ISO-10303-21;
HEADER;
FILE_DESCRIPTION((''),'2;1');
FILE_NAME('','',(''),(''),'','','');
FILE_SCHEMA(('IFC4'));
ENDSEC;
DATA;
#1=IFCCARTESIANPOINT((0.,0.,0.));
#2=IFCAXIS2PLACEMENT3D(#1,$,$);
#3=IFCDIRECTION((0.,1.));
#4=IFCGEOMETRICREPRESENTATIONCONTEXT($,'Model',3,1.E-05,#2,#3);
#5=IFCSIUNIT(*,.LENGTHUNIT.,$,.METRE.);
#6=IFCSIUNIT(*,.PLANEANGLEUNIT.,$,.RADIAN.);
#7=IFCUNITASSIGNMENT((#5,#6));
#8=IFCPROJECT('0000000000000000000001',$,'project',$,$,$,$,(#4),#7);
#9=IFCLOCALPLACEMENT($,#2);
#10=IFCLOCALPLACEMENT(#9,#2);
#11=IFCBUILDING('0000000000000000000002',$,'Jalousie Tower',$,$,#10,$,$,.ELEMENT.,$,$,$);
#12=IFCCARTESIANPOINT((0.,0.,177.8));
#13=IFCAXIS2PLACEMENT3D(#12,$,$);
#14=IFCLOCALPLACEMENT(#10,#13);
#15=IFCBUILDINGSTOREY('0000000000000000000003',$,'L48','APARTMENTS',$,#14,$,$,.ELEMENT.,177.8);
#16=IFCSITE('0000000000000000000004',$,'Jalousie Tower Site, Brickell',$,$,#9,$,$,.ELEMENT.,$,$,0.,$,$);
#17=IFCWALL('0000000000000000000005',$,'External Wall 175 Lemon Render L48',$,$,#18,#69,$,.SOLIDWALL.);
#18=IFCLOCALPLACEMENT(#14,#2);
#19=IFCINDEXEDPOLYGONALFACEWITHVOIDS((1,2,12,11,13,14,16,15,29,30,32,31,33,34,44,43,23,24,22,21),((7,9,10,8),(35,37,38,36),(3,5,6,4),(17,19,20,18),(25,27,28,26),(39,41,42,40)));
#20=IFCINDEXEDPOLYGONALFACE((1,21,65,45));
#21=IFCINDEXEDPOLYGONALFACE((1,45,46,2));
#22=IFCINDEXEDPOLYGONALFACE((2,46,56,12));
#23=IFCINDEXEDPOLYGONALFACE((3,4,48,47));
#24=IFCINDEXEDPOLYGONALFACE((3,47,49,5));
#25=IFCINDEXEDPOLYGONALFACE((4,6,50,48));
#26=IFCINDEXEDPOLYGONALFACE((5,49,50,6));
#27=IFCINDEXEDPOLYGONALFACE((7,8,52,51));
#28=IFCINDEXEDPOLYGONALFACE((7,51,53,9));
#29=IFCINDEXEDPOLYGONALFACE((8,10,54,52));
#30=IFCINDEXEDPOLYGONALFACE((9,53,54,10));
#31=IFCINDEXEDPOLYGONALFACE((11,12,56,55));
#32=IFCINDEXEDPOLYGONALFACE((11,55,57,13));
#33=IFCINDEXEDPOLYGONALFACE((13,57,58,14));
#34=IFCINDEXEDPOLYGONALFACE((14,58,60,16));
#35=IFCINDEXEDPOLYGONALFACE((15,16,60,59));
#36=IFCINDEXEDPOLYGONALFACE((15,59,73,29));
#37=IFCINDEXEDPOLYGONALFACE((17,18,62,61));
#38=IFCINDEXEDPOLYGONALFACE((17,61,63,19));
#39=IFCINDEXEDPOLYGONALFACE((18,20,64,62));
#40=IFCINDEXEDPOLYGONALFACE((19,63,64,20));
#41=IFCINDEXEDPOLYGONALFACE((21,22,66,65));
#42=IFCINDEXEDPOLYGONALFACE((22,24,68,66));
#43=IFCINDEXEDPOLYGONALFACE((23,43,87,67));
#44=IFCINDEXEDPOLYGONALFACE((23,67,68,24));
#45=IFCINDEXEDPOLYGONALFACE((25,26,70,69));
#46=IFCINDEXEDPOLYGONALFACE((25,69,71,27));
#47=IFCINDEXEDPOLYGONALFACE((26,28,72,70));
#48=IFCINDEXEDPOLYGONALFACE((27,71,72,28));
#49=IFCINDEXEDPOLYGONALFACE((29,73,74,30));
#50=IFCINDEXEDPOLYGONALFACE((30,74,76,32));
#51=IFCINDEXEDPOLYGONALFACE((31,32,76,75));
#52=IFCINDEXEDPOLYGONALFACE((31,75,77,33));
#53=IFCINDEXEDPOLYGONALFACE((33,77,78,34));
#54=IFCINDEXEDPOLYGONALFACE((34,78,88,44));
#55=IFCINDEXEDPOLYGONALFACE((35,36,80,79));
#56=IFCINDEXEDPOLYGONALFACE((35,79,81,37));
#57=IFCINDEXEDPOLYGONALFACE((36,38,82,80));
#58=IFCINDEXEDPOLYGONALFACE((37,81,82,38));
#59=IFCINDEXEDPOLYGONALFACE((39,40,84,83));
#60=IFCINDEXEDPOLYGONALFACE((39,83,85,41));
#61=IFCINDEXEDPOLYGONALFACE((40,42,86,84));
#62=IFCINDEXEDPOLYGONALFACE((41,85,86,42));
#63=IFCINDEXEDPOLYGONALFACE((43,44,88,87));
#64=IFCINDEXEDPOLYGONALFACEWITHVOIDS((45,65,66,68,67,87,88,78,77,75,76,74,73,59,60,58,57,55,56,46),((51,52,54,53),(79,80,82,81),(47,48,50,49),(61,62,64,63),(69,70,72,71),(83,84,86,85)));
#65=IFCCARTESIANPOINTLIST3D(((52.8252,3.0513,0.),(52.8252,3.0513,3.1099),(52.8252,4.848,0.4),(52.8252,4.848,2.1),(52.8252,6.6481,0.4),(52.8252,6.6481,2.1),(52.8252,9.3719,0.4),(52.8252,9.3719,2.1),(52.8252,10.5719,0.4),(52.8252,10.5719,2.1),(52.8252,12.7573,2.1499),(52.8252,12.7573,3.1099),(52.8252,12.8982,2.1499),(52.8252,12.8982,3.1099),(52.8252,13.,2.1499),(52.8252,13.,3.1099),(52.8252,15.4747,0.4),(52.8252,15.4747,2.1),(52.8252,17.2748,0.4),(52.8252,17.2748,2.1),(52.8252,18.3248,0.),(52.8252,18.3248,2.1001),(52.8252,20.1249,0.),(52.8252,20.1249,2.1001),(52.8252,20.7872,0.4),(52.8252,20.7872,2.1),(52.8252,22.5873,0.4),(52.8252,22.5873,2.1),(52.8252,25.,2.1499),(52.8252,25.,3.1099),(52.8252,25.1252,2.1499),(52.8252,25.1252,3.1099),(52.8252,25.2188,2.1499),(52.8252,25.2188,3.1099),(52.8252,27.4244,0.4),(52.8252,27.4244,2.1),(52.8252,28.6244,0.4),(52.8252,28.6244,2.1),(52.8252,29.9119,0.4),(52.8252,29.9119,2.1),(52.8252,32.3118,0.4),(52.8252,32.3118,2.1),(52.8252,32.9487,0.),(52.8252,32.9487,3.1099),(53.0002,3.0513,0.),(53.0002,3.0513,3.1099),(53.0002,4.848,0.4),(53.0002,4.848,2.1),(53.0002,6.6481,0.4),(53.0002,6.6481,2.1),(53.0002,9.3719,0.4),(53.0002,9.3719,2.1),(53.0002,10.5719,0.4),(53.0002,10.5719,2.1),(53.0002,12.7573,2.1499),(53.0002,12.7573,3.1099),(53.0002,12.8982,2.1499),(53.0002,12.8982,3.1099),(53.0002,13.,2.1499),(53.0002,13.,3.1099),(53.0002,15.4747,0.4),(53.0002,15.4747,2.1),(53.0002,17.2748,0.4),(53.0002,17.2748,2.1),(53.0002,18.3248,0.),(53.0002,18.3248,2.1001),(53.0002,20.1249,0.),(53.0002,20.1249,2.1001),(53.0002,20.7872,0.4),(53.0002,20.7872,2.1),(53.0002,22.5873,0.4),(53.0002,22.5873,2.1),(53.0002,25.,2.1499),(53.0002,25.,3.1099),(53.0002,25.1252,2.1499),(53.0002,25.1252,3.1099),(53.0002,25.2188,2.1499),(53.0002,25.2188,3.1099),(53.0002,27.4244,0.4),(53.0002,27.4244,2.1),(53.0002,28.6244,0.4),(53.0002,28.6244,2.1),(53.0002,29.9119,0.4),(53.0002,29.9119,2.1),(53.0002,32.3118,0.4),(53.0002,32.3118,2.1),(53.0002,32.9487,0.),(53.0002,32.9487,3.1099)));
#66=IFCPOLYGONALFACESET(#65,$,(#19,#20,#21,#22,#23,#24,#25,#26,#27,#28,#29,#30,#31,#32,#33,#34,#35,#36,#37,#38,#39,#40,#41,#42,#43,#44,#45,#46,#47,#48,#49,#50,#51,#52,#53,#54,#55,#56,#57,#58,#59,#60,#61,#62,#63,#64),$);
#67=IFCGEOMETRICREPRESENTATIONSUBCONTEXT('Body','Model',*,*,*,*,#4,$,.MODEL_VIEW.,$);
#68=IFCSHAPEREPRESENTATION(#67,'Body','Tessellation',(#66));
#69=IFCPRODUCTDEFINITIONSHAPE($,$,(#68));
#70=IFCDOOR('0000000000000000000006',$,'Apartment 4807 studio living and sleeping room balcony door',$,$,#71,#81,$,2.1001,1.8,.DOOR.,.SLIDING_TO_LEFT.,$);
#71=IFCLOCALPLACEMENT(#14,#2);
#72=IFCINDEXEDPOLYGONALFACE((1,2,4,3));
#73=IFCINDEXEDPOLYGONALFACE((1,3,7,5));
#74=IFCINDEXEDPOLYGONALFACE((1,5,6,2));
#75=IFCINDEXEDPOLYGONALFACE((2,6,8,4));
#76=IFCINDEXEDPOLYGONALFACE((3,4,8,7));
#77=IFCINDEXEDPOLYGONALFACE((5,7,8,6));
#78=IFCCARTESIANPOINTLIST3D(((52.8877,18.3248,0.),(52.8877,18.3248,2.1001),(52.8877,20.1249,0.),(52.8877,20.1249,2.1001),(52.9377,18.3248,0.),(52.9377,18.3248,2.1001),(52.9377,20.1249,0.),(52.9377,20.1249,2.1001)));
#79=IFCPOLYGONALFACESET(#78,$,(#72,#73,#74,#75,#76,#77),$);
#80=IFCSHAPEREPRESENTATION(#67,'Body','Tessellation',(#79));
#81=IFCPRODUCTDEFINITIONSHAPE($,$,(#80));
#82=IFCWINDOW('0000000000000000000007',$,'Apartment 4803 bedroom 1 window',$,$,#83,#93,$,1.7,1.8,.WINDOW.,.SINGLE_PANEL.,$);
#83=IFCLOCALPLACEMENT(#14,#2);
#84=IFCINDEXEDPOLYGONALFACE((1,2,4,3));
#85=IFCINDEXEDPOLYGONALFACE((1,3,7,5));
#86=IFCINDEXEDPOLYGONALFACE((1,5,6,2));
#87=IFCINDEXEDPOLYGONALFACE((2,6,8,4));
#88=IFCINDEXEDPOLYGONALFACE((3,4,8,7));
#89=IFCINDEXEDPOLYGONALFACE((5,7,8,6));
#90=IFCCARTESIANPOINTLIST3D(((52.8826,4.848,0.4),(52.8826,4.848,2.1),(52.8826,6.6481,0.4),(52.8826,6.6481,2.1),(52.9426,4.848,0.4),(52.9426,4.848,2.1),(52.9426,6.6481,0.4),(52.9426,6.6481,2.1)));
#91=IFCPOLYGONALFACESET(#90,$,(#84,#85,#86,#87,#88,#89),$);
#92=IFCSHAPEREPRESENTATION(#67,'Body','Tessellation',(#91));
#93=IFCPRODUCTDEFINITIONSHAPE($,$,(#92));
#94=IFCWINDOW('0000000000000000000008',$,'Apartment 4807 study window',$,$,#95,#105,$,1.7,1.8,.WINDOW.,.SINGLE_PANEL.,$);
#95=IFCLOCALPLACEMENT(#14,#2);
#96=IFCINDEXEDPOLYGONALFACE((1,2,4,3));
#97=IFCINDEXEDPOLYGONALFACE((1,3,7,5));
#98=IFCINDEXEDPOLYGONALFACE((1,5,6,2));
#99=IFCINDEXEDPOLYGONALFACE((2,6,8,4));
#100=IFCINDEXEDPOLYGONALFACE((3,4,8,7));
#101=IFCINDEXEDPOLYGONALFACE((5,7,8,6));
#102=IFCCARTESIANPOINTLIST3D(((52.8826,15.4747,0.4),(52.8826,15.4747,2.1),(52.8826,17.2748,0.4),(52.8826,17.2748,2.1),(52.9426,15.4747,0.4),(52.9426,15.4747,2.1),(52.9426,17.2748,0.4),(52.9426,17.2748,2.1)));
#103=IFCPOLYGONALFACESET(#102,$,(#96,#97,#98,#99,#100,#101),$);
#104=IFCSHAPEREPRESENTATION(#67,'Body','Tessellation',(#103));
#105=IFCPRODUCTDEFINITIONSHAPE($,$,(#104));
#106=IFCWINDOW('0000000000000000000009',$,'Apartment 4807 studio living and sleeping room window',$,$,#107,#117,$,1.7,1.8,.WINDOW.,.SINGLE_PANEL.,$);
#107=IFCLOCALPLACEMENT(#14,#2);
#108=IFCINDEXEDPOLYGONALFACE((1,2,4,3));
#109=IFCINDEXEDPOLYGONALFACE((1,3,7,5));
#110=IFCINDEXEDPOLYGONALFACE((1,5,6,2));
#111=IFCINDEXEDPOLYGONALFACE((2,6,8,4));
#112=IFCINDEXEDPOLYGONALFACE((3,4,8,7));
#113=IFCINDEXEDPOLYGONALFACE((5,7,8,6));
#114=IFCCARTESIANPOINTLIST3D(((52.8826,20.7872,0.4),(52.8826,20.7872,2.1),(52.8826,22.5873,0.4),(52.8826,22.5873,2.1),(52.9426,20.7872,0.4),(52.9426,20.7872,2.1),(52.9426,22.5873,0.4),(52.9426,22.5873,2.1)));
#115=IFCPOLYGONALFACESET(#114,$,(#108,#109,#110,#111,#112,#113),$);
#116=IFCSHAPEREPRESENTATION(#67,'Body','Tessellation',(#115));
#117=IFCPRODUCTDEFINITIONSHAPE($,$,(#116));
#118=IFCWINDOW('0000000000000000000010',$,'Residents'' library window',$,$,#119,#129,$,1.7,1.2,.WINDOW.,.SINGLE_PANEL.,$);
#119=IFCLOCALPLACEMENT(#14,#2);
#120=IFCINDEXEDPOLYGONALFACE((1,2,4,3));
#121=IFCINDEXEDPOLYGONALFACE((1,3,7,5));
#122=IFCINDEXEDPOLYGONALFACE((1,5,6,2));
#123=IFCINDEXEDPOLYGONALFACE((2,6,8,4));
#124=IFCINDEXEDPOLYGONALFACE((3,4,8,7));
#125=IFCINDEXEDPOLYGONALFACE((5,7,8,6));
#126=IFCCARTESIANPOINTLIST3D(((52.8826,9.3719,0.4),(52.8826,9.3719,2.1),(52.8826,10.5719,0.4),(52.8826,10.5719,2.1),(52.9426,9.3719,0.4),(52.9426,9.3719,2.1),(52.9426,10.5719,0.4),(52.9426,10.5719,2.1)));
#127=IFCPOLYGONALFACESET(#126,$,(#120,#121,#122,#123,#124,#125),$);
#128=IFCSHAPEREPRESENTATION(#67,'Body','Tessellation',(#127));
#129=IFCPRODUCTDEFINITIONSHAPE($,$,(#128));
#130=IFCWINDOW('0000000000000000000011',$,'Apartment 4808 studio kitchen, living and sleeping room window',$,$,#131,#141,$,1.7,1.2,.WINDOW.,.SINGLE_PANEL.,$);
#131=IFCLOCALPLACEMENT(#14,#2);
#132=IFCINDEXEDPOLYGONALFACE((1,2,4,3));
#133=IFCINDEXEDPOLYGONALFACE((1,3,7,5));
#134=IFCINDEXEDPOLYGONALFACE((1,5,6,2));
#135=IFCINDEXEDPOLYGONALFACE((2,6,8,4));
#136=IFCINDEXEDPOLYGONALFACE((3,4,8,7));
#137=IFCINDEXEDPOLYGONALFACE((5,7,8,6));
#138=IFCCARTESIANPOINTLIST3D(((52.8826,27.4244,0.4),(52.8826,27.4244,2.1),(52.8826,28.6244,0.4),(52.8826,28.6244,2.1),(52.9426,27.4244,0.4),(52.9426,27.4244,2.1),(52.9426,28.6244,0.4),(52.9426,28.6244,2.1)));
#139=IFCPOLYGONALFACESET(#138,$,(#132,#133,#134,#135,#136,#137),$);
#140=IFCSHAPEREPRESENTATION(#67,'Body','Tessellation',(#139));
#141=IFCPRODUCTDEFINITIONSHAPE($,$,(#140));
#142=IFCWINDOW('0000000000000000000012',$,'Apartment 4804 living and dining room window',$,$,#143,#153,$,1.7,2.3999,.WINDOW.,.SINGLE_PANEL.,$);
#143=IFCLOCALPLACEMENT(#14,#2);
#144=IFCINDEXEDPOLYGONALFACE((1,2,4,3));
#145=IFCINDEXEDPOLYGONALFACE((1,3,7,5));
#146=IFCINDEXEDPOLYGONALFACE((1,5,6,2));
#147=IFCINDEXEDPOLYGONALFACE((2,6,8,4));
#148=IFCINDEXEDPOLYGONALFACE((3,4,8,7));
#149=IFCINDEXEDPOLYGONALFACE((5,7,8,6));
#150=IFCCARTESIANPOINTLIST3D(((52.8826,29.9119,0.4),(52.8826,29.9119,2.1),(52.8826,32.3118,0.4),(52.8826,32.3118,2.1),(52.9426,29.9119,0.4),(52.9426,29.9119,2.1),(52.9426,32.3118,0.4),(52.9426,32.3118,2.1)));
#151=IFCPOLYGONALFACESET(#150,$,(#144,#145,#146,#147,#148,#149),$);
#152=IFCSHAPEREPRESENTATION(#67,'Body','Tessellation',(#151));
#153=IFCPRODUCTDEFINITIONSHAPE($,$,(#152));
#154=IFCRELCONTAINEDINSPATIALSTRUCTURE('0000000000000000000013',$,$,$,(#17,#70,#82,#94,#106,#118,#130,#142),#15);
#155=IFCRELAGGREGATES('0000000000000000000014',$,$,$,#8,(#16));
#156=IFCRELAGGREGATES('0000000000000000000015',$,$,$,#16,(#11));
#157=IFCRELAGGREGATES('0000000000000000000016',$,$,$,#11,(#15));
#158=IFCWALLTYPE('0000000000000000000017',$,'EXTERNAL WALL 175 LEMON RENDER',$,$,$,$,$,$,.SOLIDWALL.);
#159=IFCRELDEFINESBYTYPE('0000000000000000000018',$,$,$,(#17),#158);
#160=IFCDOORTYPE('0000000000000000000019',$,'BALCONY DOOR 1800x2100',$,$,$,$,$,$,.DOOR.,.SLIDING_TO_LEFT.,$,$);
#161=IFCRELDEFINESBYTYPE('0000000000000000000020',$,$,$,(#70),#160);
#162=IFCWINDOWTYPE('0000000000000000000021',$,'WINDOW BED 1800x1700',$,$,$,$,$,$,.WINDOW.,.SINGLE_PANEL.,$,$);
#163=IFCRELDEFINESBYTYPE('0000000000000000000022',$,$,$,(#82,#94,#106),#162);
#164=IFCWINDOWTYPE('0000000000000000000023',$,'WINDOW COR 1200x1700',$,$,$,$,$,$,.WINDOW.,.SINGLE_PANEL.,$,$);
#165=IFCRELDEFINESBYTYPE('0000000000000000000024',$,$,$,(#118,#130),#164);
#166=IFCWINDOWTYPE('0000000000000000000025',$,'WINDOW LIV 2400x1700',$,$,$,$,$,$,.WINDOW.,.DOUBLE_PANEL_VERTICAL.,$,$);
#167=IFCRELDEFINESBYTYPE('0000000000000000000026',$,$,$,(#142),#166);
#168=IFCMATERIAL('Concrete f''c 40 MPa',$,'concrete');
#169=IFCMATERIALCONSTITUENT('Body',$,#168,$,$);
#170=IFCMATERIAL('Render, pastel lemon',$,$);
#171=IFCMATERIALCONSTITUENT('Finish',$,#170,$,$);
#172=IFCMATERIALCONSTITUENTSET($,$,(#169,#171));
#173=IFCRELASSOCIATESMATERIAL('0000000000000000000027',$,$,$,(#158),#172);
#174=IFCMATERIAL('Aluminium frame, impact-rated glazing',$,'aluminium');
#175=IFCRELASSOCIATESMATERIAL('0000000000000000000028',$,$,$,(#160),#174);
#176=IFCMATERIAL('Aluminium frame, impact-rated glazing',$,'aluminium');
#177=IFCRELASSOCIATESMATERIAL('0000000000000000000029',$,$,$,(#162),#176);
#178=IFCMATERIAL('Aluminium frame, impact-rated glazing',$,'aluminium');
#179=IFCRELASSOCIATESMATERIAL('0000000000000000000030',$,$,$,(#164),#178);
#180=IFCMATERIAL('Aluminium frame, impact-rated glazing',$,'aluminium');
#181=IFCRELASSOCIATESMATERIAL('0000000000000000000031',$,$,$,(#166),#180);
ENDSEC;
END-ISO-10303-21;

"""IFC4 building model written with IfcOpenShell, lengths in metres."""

from ifc_helpers import new_model, si_unit, direction, frame, frame_2d, origin, place, context, subcontext, project, spatial, polyline, rectangle, outline, extrude, material, constituent, constituent_set, type_object, element, fill, save


model = new_model("IFC4")

# Units and contexts
model_context = context("Model", 3, precision=1e-05, world=origin(), true_north=direction((0.0, 1.0)))
body_context = subcontext(model_context, "Body", "Model", "MODEL_VIEW")
ifc_project = project(units=[si_unit("LENGTHUNIT", "METRE"), si_unit("PLANEANGLEUNIT", "RADIAN")], contexts=[model_context])

# Site, building, storey
site_placement = place(None, origin())
site = spatial("IfcSite", under=ifc_project, at=site_placement, Name="Jalousie Tower Site, Brickell", CompositionType="ELEMENT", RefElevation=0.0)
building_placement = place(site_placement, origin())
building = spatial("IfcBuilding", under=site, at=building_placement, Name="Jalousie Tower", CompositionType="ELEMENT")
storey_placement = place(building_placement, frame((0.0, 0.0, 177.8)))
storey = spatial("IfcBuildingStorey", under=building, at=storey_placement, Name="L48", Description="APARTMENTS", CompositionType="ELEMENT", Elevation=177.8)

# Wall, openings, door, windows
ifc_material_1 = material(Name="Concrete f'c 40 MPa", Category="concrete")
ifc_constituent_1 = constituent(ifc_material_1, Name="Body")
ifc_material_2 = material(Name="Render, pastel lemon")
ifc_constituent_2 = constituent(ifc_material_2, Name="Finish")
ifc_constituent_set = constituent_set(constituents=[ifc_constituent_1, ifc_constituent_2])
wall_type = type_object("IfcWallType", Name="EXTERNAL WALL 175 LEMON RENDER", PredefinedType="SOLIDWALL", material=ifc_constituent_set)
wall_placement = place(storey_placement, frame((52.9126, 3.0513, 0.0), z_axis=(0.0, 0.0, 1.0), x_axis=(0.0, 1.0, 0.0)))
wall = element("IfcWall", 1, at=wall_placement, inside=storey, type_object=wall_type, Name="External Wall 175 Lemon Render L48", PredefinedType="SOLIDWALL", context=body_context, shape_type="SweptSolid", body=[
    extrude(outline(polyline([(0.0, 0.0), (29.8975, 0.0), (29.8975, 3.1099), (22.1675, 3.1099), (22.1675, 2.1499), (22.074, 2.1499), (22.074, 3.1099), (21.9487, 3.1099), (21.9487, 2.1499), (9.9487, 2.1499), (9.9487, 3.1099), (9.8469, 3.1099), (9.8469, 2.1499), (9.7061, 2.1499), (9.7061, 3.1099), (0.0, 3.1099), (0.0, 0.0)])), frame((0.0, 0.0874, 0.0), z_axis=(0.0, -1.0, 0.0), x_axis=(1.0, 0.0, 0.0)), (0.0, 0.0, 1.0), 0.175),
])
opening_1_placement = place(wall_placement, frame((1.7969, 0.0, 0.3999)))
opening_1 = element("IfcOpeningElement", 2, at=opening_1_placement, cuts=wall, PredefinedType="OPENING", context=body_context, shape_type="SweptSolid", body=[
    extrude(rectangle(XDim=1.8, YDim=1.7, at=frame_2d((0.8999, 0.8501))), frame((0.0, 0.0974, 0.0), z_axis=(0.0, -1.0, 0.0), x_axis=(1.0, 0.0, 0.0)), (0.0, 0.0, 1.0), 0.1951),
])
opening_2_placement = place(wall_placement, frame((6.3206, 0.0, 0.3999)))
opening_2 = element("IfcOpeningElement", 3, at=opening_2_placement, cuts=wall, PredefinedType="OPENING", context=body_context, shape_type="SweptSolid", body=[
    extrude(rectangle(XDim=1.2, YDim=1.7, at=frame_2d((0.6001, 0.8501))), frame((0.0, 0.0974, 0.0), z_axis=(0.0, -1.0, 0.0), x_axis=(1.0, 0.0, 0.0)), (0.0, 0.0, 1.0), 0.1951),
])
opening_3_placement = place(wall_placement, frame((12.4236, 0.0, 0.3999)))
opening_3 = element("IfcOpeningElement", 4, at=opening_3_placement, cuts=wall, PredefinedType="OPENING", context=body_context, shape_type="SweptSolid", body=[
    extrude(rectangle(XDim=1.8, YDim=1.7, at=frame_2d((0.8999, 0.8501))), frame((0.0, 0.0974, 0.0), z_axis=(0.0, -1.0, 0.0), x_axis=(1.0, 0.0, 0.0)), (0.0, 0.0, 1.0), 0.1951),
])
opening_4_placement = place(wall_placement, frame((15.2737, 0.0, 0.0)))
opening_4 = element("IfcOpeningElement", 5, at=opening_4_placement, cuts=wall, PredefinedType="OPENING", context=body_context, shape_type="SweptSolid", body=[
    extrude(rectangle(XDim=1.8, YDim=2.1001, at=frame_2d((0.8999, 1.05))), frame((0.0, 0.0974, 0.0), z_axis=(0.0, -1.0, 0.0), x_axis=(1.0, 0.0, 0.0)), (0.0, 0.0, 1.0), 0.1951),
])
opening_5_placement = place(wall_placement, frame((17.7361, 0.0, 0.3999)))
opening_5 = element("IfcOpeningElement", 6, at=opening_5_placement, cuts=wall, PredefinedType="OPENING", context=body_context, shape_type="SweptSolid", body=[
    extrude(rectangle(XDim=1.8, YDim=1.7, at=frame_2d((0.8999, 0.8501))), frame((0.0, 0.0974, 0.0), z_axis=(0.0, -1.0, 0.0), x_axis=(1.0, 0.0, 0.0)), (0.0, 0.0, 1.0), 0.1951),
])
opening_6_placement = place(wall_placement, frame((24.373, 0.0, 0.3999)))
opening_6 = element("IfcOpeningElement", 7, at=opening_6_placement, cuts=wall, PredefinedType="OPENING", context=body_context, shape_type="SweptSolid", body=[
    extrude(rectangle(XDim=1.2, YDim=1.7, at=frame_2d((0.6001, 0.8501))), frame((0.0, 0.0974, 0.0), z_axis=(0.0, -1.0, 0.0), x_axis=(1.0, 0.0, 0.0)), (0.0, 0.0, 1.0), 0.1951),
])
opening_7_placement = place(wall_placement, frame((26.8606, 0.0, 0.3999)))
opening_7 = element("IfcOpeningElement", 8, at=opening_7_placement, cuts=wall, PredefinedType="OPENING", context=body_context, shape_type="SweptSolid", body=[
    extrude(rectangle(XDim=2.3999, YDim=1.7, at=frame_2d((1.2, 0.8501))), frame((0.0, 0.0974, 0.0), z_axis=(0.0, -1.0, 0.0), x_axis=(1.0, 0.0, 0.0)), (0.0, 0.0, 1.0), 0.1951),
])
ifc_material_3 = material(Name="Aluminium frame, impact-rated glazing", Category="aluminium")
door_type = type_object("IfcDoorType", Name="BALCONY DOOR 1800x2100", OperationType="SLIDING_TO_LEFT", PredefinedType="DOOR", material=ifc_material_3)
door_placement = place(opening_4_placement, origin())
door = element("IfcDoor", 9, at=door_placement, inside=storey, type_object=door_type, Name="Apartment 4807 studio living and sleeping room balcony door", OperationType="SLIDING_TO_LEFT", OverallHeight=2.1001, OverallWidth=1.8, PredefinedType="DOOR", context=body_context, shape_type="SweptSolid", body=[
    extrude(rectangle(XDim=1.8, YDim=2.1001, at=frame_2d((0.8999, 1.05))), frame((0.0, 0.0249, 0.0), z_axis=(0.0, -1.0, 0.0), x_axis=(1.0, 0.0, 0.0)), (0.0, 0.0, 1.0), 0.05),
])
fill(opening_4, door)
ifc_material_4 = material(Name="Aluminium frame, impact-rated glazing", Category="aluminium")
window_type_1 = type_object("IfcWindowType", Name="WINDOW BED 1800x1700", PartitioningType="SINGLE_PANEL", PredefinedType="WINDOW", material=ifc_material_4)
window_1_placement = place(opening_1_placement, origin())
window_1 = element("IfcWindow", 10, at=window_1_placement, inside=storey, type_object=window_type_1, Name="Apartment 4803 bedroom 1 window", OverallHeight=1.7, OverallWidth=1.8, PartitioningType="SINGLE_PANEL", PredefinedType="WINDOW", context=body_context, shape_type="SweptSolid", body=[
    extrude(rectangle(XDim=1.8, YDim=1.7, at=frame_2d((0.8999, 0.8501))), frame((0.0, 0.03, 0.0), z_axis=(0.0, -1.0, 0.0), x_axis=(1.0, 0.0, 0.0)), (0.0, 0.0, 1.0), 0.0601),
])
fill(opening_1, window_1)
window_2_placement = place(opening_3_placement, origin())
window_2 = element("IfcWindow", 11, at=window_2_placement, inside=storey, type_object=window_type_1, Name="Apartment 4807 study window", OverallHeight=1.7, OverallWidth=1.8, PartitioningType="SINGLE_PANEL", PredefinedType="WINDOW", context=body_context, shape_type="SweptSolid", body=[
    extrude(rectangle(XDim=1.8, YDim=1.7, at=frame_2d((0.8999, 0.8501))), frame((0.0, 0.03, 0.0), z_axis=(0.0, -1.0, 0.0), x_axis=(1.0, 0.0, 0.0)), (0.0, 0.0, 1.0), 0.0601),
])
fill(opening_3, window_2)
window_3_placement = place(opening_5_placement, origin())
window_3 = element("IfcWindow", 12, at=window_3_placement, inside=storey, type_object=window_type_1, Name="Apartment 4807 studio living and sleeping room window", OverallHeight=1.7, OverallWidth=1.8, PartitioningType="SINGLE_PANEL", PredefinedType="WINDOW", context=body_context, shape_type="SweptSolid", body=[
    extrude(rectangle(XDim=1.8, YDim=1.7, at=frame_2d((0.8999, 0.8501))), frame((0.0, 0.03, 0.0), z_axis=(0.0, -1.0, 0.0), x_axis=(1.0, 0.0, 0.0)), (0.0, 0.0, 1.0), 0.0601),
])
fill(opening_5, window_3)
ifc_material_5 = material(Name="Aluminium frame, impact-rated glazing", Category="aluminium")
window_type_2 = type_object("IfcWindowType", Name="WINDOW COR 1200x1700", PartitioningType="SINGLE_PANEL", PredefinedType="WINDOW", material=ifc_material_5)
window_4_placement = place(opening_2_placement, origin())
window_4 = element("IfcWindow", 13, at=window_4_placement, inside=storey, type_object=window_type_2, Name="Residents' library window", OverallHeight=1.7, OverallWidth=1.2, PartitioningType="SINGLE_PANEL", PredefinedType="WINDOW", context=body_context, shape_type="SweptSolid", body=[
    extrude(rectangle(XDim=1.2, YDim=1.7, at=frame_2d((0.6001, 0.8501))), frame((0.0, 0.03, 0.0), z_axis=(0.0, -1.0, 0.0), x_axis=(1.0, 0.0, 0.0)), (0.0, 0.0, 1.0), 0.0601),
])
fill(opening_2, window_4)
window_5_placement = place(opening_6_placement, origin())
window_5 = element("IfcWindow", 14, at=window_5_placement, inside=storey, type_object=window_type_2, Name="Apartment 4808 studio kitchen, living and sleeping room window", OverallHeight=1.7, OverallWidth=1.2, PartitioningType="SINGLE_PANEL", PredefinedType="WINDOW", context=body_context, shape_type="SweptSolid", body=[
    extrude(rectangle(XDim=1.2, YDim=1.7, at=frame_2d((0.6001, 0.8501))), frame((0.0, 0.03, 0.0), z_axis=(0.0, -1.0, 0.0), x_axis=(1.0, 0.0, 0.0)), (0.0, 0.0, 1.0), 0.0601),
])
fill(opening_6, window_5)
ifc_material_6 = material(Name="Aluminium frame, impact-rated glazing", Category="aluminium")
window_type_3 = type_object("IfcWindowType", Name="WINDOW LIV 2400x1700", PartitioningType="DOUBLE_PANEL_VERTICAL", PredefinedType="WINDOW", material=ifc_material_6)
window_6_placement = place(opening_7_placement, origin())
window_6 = element("IfcWindow", 15, at=window_6_placement, inside=storey, type_object=window_type_3, Name="Apartment 4804 living and dining room window", OverallHeight=1.7, OverallWidth=2.3999, PartitioningType="SINGLE_PANEL", PredefinedType="WINDOW", context=body_context, shape_type="SweptSolid", body=[
    extrude(rectangle(XDim=2.3999, YDim=1.7, at=frame_2d((1.2, 0.8501))), frame((0.0, 0.03, 0.0), z_axis=(0.0, -1.0, 0.0), x_axis=(1.0, 0.0, 0.0)), (0.0, 0.0, 1.0), 0.0601),
])
fill(opening_7, window_6)

save(model, "model.ifc")
